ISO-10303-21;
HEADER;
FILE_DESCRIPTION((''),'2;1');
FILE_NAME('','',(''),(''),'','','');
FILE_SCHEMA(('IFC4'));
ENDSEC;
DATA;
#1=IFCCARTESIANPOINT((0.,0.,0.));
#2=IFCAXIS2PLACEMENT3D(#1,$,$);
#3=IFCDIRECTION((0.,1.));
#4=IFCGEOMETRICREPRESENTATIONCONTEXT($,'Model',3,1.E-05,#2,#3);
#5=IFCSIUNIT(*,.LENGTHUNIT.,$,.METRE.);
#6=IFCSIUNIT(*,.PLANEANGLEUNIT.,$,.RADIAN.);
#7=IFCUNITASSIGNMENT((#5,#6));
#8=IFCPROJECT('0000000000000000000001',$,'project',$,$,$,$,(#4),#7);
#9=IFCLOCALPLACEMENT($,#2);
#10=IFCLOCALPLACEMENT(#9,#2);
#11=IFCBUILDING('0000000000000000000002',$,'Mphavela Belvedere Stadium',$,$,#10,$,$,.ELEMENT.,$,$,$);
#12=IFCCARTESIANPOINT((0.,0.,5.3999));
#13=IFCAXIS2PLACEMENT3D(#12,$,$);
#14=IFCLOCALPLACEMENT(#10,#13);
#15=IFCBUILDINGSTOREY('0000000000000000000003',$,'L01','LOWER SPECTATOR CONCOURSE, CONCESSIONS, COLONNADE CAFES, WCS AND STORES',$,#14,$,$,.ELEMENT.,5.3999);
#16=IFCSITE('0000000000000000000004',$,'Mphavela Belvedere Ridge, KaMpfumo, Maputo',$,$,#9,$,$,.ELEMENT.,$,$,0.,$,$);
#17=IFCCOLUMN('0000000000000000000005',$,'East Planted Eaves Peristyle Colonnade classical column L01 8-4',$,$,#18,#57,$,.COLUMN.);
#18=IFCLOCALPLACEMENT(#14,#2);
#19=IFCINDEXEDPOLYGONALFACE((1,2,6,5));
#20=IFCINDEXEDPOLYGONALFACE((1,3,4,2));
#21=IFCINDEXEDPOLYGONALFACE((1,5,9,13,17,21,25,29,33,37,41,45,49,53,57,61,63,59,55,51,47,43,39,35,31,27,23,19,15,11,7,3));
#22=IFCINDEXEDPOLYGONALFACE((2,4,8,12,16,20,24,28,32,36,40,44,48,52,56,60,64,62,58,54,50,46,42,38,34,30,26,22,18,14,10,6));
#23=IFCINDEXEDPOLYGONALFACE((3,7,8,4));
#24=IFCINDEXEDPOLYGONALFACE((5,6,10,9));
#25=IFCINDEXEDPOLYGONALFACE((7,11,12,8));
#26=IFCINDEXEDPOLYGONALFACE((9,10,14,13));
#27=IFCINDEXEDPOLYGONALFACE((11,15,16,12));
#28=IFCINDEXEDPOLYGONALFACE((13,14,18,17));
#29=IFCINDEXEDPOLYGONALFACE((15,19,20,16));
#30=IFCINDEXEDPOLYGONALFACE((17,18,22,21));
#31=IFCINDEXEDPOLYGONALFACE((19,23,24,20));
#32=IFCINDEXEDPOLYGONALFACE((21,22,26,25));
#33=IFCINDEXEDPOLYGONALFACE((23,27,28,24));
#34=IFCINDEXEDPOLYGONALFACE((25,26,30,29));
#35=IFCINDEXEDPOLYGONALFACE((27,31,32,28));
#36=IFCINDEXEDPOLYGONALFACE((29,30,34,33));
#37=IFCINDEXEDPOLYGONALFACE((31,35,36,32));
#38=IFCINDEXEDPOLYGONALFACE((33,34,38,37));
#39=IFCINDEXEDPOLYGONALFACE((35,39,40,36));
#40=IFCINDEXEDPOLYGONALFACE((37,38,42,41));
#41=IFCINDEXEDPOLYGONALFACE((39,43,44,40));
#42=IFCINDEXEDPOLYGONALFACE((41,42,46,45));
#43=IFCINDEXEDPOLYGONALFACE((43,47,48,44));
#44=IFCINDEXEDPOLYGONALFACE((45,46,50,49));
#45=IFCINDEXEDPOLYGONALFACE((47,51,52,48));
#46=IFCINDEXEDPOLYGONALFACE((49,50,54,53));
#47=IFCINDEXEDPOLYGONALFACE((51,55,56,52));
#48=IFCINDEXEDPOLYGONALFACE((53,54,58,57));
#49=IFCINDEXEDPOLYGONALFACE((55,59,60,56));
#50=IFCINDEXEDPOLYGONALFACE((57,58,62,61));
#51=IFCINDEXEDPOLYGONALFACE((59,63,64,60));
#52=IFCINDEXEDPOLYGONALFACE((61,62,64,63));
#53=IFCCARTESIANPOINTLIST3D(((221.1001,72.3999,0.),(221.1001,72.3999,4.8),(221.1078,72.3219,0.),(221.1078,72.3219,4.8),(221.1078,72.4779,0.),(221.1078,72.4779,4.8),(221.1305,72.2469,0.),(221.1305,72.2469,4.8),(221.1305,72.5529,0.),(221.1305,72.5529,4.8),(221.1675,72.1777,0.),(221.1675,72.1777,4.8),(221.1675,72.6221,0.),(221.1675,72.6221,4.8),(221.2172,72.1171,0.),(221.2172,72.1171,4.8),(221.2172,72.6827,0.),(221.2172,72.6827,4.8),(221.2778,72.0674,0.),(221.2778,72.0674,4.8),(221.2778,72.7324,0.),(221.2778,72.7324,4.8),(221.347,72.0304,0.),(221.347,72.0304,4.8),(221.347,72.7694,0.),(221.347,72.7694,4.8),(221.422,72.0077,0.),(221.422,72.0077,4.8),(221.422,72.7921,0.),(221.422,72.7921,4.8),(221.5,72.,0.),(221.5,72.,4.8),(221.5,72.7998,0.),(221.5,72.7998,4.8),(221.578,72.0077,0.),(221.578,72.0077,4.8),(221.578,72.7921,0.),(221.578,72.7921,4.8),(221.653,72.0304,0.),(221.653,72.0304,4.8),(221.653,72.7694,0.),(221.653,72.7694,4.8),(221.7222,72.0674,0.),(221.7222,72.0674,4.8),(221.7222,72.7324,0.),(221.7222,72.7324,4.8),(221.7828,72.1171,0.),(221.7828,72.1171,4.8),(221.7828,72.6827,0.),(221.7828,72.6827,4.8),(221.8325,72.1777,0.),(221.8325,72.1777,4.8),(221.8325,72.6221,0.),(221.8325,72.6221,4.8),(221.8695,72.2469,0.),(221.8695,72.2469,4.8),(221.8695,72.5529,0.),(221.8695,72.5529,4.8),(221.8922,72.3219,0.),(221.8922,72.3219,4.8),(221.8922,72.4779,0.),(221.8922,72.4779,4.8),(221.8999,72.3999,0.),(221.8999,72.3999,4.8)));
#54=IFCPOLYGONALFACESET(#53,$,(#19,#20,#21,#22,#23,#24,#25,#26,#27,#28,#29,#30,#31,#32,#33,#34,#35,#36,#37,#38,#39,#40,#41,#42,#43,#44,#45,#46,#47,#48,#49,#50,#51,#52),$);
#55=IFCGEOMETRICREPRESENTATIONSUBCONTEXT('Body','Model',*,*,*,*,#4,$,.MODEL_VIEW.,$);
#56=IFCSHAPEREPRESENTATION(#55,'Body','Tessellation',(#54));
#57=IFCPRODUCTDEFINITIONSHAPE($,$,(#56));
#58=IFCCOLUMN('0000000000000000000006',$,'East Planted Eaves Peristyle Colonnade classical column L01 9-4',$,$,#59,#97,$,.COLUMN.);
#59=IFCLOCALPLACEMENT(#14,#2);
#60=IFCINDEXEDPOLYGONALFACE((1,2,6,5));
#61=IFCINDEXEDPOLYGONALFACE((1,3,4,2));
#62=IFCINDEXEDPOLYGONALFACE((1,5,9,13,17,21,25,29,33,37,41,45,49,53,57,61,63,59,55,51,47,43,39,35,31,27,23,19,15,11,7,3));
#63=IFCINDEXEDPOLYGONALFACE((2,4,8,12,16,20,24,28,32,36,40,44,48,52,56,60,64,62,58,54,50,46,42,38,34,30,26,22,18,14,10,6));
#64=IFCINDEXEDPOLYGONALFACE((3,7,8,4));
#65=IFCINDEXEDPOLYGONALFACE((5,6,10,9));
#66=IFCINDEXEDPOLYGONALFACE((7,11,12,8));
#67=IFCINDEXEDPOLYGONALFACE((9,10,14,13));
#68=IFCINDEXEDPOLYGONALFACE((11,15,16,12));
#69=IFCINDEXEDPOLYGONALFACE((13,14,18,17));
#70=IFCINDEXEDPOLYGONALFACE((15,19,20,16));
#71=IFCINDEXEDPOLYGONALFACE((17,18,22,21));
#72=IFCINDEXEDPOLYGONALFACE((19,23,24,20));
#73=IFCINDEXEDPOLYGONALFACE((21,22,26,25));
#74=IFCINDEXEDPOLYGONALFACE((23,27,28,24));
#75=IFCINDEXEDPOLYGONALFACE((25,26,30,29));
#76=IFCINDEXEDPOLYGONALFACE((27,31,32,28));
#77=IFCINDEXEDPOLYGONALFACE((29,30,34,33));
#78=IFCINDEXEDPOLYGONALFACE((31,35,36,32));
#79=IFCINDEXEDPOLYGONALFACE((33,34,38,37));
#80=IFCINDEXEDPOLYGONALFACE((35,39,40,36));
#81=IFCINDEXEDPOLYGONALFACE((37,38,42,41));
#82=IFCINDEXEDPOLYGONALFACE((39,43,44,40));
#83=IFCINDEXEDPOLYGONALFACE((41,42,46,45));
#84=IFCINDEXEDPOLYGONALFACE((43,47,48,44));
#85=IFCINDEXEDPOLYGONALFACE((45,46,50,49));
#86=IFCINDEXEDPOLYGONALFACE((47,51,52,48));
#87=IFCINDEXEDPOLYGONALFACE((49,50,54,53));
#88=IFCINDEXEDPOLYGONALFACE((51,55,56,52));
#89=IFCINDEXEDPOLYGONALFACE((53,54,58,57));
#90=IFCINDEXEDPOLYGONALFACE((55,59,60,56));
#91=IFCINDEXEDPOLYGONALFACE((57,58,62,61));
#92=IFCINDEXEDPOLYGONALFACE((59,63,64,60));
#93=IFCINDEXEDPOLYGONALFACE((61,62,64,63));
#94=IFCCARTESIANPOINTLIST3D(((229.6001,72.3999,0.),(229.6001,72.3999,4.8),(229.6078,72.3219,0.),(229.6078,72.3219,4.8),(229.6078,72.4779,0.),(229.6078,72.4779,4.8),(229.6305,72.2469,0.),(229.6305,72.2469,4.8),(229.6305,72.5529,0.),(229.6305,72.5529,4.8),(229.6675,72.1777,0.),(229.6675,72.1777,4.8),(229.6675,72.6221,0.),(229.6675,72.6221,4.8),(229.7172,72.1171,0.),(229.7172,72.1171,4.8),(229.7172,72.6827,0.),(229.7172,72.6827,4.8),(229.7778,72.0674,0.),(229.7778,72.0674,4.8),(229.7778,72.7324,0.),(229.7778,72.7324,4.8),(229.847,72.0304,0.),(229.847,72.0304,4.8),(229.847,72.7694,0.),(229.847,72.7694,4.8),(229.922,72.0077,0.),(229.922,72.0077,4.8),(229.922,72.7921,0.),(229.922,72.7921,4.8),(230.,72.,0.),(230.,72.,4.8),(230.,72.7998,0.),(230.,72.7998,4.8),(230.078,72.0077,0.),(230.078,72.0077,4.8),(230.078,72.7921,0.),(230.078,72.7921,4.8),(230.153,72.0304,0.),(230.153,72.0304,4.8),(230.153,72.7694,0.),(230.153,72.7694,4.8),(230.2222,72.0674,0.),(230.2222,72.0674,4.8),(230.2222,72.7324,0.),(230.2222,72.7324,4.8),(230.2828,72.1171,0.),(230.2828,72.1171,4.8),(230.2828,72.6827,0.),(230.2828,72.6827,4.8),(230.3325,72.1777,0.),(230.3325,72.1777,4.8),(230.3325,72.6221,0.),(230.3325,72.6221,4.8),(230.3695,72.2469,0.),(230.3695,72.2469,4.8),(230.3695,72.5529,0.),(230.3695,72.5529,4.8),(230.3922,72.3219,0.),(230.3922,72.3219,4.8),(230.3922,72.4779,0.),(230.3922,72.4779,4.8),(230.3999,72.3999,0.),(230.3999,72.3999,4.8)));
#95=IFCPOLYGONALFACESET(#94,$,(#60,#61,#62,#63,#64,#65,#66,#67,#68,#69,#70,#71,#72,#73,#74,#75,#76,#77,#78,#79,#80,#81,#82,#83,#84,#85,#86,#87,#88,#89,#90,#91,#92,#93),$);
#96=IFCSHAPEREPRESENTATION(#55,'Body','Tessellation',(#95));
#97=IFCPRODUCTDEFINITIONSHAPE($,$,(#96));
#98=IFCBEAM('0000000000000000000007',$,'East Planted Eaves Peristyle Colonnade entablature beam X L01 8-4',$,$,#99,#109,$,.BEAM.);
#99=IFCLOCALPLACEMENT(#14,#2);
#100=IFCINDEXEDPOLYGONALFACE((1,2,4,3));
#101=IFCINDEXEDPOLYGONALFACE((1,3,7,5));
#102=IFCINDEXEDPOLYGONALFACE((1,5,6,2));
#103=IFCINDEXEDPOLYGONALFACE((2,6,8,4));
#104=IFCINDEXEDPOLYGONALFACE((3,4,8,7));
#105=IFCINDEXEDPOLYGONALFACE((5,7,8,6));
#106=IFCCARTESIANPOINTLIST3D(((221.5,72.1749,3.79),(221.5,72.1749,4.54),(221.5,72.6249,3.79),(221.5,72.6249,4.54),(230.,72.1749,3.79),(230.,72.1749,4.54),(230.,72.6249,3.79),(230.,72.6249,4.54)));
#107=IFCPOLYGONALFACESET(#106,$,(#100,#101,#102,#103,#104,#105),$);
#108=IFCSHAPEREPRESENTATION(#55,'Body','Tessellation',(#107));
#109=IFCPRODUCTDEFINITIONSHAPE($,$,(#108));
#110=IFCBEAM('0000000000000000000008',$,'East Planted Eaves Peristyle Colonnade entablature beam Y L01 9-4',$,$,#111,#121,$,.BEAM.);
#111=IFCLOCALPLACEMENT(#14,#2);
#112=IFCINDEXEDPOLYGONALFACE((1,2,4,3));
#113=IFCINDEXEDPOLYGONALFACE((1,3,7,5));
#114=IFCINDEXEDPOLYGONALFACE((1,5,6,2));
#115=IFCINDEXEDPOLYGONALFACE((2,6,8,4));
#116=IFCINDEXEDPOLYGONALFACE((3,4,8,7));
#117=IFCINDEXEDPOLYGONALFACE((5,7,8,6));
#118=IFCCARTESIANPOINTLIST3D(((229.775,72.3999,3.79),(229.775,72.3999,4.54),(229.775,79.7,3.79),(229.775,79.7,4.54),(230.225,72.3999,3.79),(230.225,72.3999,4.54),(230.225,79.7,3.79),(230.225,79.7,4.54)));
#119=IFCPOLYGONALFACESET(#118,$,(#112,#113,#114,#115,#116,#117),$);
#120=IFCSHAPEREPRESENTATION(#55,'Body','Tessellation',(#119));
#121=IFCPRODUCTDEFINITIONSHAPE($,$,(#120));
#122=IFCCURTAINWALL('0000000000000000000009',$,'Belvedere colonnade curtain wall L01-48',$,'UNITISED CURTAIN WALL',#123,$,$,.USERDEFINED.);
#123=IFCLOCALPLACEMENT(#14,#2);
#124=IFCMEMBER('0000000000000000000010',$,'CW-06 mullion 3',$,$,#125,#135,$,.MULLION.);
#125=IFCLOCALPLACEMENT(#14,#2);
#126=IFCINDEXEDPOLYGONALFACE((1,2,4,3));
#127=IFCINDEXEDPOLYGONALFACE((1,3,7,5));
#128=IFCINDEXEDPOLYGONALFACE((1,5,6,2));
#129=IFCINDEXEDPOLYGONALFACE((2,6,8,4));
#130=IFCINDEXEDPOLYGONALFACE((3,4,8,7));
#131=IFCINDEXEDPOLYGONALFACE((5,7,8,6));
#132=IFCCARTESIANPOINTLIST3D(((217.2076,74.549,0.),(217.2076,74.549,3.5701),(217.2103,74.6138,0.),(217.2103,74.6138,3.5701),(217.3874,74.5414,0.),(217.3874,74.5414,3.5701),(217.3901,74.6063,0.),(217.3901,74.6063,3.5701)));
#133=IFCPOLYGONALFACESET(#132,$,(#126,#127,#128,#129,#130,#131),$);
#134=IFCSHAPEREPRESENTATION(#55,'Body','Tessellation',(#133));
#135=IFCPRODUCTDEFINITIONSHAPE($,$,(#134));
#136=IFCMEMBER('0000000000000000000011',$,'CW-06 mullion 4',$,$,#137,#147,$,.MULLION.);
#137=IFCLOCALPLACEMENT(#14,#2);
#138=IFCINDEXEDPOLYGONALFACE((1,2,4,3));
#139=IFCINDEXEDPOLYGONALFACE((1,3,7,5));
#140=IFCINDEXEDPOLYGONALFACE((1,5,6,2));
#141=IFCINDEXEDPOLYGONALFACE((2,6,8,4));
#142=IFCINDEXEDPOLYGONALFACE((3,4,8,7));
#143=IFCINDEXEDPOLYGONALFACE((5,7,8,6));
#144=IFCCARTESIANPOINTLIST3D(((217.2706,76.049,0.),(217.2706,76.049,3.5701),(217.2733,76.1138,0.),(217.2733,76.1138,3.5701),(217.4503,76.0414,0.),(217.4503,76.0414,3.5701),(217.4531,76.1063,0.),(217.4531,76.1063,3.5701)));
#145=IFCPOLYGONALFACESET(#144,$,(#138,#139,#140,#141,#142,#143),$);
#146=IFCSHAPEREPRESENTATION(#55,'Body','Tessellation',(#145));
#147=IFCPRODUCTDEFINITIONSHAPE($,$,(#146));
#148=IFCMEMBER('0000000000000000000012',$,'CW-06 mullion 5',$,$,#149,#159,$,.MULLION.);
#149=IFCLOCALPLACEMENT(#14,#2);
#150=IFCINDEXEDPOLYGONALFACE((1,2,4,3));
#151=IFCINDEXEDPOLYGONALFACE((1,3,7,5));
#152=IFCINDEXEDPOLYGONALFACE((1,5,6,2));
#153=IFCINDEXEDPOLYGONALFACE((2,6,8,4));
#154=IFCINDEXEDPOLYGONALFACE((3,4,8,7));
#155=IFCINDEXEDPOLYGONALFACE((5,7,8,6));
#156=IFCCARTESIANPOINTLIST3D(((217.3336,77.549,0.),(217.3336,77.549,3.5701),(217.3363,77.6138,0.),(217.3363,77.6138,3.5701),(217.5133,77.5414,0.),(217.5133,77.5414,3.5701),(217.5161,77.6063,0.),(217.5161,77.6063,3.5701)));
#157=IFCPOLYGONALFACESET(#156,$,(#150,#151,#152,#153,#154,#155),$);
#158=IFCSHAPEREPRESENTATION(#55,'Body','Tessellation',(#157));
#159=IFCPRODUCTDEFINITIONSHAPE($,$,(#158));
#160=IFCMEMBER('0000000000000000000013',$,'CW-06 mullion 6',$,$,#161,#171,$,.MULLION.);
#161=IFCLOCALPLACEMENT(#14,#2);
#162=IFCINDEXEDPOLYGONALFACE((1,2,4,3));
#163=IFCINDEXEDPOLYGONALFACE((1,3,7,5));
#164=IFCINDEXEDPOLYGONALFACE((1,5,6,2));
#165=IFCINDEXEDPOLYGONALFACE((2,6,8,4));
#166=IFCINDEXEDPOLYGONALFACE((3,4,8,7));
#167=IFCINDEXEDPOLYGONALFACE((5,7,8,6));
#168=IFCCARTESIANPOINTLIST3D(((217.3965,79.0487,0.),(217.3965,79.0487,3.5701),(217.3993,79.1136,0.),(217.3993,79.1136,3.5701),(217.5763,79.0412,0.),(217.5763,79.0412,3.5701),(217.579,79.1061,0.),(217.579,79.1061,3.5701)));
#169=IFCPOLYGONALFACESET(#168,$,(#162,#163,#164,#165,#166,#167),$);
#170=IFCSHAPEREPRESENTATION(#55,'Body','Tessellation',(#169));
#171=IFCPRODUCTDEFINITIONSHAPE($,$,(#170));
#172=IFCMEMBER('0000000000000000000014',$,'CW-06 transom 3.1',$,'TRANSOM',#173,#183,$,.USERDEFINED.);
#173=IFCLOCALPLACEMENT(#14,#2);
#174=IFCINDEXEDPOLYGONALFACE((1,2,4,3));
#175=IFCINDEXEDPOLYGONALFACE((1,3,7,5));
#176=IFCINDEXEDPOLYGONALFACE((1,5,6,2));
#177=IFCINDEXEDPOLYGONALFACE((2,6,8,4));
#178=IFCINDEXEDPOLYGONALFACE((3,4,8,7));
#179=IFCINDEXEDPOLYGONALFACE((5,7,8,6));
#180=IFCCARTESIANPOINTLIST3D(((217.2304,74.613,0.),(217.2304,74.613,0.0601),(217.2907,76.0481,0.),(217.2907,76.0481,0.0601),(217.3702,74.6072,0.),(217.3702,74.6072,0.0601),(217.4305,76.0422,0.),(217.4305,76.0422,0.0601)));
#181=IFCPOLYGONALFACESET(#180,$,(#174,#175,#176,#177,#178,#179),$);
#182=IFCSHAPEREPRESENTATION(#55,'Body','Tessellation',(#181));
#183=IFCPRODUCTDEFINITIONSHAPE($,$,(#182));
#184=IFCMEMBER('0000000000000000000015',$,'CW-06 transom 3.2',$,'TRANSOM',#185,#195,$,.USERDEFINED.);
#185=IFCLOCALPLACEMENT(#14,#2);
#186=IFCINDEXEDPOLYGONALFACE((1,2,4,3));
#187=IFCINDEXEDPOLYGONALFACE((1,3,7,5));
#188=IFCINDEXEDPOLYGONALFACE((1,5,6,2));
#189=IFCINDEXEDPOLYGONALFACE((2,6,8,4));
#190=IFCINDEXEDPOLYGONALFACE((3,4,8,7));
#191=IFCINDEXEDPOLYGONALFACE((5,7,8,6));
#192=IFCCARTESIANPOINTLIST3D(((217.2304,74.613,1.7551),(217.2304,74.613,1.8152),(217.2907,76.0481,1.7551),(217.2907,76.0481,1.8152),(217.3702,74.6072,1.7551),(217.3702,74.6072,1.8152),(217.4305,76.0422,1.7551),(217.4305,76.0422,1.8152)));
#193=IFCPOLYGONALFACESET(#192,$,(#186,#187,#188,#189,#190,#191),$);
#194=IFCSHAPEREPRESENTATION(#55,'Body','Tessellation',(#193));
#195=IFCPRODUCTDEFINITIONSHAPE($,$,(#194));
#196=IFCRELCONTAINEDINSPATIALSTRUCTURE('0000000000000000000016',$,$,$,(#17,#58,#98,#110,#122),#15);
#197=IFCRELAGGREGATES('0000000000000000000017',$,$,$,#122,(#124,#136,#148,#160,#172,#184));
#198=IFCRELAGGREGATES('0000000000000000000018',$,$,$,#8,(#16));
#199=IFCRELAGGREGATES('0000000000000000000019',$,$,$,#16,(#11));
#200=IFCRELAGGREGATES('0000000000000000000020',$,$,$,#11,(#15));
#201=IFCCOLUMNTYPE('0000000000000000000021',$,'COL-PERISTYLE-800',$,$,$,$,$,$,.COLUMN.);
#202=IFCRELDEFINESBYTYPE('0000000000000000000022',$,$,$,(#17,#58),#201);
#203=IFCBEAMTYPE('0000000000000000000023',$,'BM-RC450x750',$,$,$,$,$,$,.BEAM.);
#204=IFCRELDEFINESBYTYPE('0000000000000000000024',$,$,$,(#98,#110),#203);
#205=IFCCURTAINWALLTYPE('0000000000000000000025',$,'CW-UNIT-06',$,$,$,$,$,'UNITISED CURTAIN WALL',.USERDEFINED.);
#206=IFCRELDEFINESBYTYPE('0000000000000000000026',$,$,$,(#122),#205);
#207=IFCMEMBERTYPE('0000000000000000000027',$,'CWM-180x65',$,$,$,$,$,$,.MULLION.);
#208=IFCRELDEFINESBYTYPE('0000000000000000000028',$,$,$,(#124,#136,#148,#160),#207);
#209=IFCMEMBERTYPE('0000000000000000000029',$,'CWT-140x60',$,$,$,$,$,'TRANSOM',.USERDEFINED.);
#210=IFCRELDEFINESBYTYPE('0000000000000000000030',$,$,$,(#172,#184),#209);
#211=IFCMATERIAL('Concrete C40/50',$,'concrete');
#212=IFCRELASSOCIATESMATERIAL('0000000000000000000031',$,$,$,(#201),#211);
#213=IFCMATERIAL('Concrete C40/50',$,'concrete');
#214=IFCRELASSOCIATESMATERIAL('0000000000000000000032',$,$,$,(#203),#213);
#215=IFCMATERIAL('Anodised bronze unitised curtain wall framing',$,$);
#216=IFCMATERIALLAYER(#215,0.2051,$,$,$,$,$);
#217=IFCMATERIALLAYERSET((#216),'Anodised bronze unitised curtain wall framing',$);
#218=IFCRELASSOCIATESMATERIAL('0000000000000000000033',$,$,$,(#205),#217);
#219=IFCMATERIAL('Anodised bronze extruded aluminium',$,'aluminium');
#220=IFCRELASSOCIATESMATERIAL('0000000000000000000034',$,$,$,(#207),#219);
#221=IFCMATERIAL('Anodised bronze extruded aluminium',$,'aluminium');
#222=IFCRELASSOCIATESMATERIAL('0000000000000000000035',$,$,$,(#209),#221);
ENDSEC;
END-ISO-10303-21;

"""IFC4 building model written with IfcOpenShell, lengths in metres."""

from ifc_helpers import new_model, si_unit, direction, frame, origin, origin_2d, place, context, subcontext, project, spatial, rectangle, circle, extrude, material, layer, layer_set, material_profile, profile_set, type_object, element, aggregate, save


model = new_model("IFC4")

# Units and contexts
model_context = context("Model", 3, precision=1e-05, world=origin(), true_north=direction((0.0, 1.0)))
body_context = subcontext(model_context, "Body", "Model", "MODEL_VIEW")
ifc_project = project(units=[si_unit("LENGTHUNIT", "METRE"), si_unit("PLANEANGLEUNIT", "RADIAN")], contexts=[model_context])

# Site, building, storey
site_placement = place(None, origin())
site = spatial("IfcSite", under=ifc_project, at=site_placement, Name="Mphavela Belvedere Ridge, KaMpfumo, Maputo", CompositionType="ELEMENT", RefElevation=0.0)
building_placement = place(site_placement, origin())
building = spatial("IfcBuilding", under=site, at=building_placement, Name="Mphavela Belvedere Stadium", CompositionType="ELEMENT")
storey_placement = place(building_placement, frame((0.0, 0.0, 5.3999)))
storey = spatial("IfcBuildingStorey", under=building, at=storey_placement, Name="L01", Description="LOWER SPECTATOR CONCOURSE, CONCESSIONS, COLONNADE CAFES, WCS AND STORES", CompositionType="ELEMENT", Elevation=5.3999)

# Columns
ifc_material_1 = material(Name="Concrete C40/50", Category="concrete")
ifc_material_profile_1 = material_profile(ifc_material_1, circle(Radius=0.3999, at=origin_2d()), Name="COL D800")
ifc_profile_set_1 = profile_set([ifc_material_profile_1], Name="Concrete C40/50")
column_type = type_object("IfcColumnType", Name="COL-PERISTYLE-800", PredefinedType="COLUMN", material=ifc_profile_set_1)
for number, where, z_axis, x_axis, name in (
    (1, (221.5, 72.3999, 0.0), (0.0, 0.0, 1.0), (1.0, 0.0, 0.0), "East Planted Eaves Peristyle Colonnade classical column L01 8-4"),
    (2, (230.0, 72.3999, 0.0), (0.0, 0.0, 1.0), (1.0, 0.0, 0.0), "East Planted Eaves Peristyle Colonnade classical column L01 9-4"),
):
    element("IfcColumn", number, at=place(storey_placement, frame(where, z_axis=z_axis, x_axis=x_axis)), inside=storey, type_object=column_type, Name=name, PredefinedType="COLUMN", context=body_context, shape_type="SweptSolid", body=[
        extrude(circle(Radius=0.3999, at=origin_2d()), origin(), (0.0, 0.0, 1.0), 4.8),
    ])

# Beams
ifc_material_2 = material(Name="Concrete C40/50", Category="concrete")
ifc_material_profile_2 = material_profile(ifc_material_2, rectangle(XDim=0.45, YDim=0.75, at=origin_2d()), Name="RC 450x750")
ifc_profile_set_2 = profile_set([ifc_material_profile_2], Name="Concrete C40/50")
beam_type = type_object("IfcBeamType", Name="BM-RC450x750", PredefinedType="BEAM", material=ifc_profile_set_2)
beam_1_placement = place(storey_placement, frame((221.5, 72.3999, 4.165), z_axis=(1.0, 0.0, 0.0), x_axis=(0.0, 1.0, 0.0)))
element("IfcBeam", 3, at=beam_1_placement, inside=storey, type_object=beam_type, Name="East Planted Eaves Peristyle Colonnade entablature beam X L01 8-4", PredefinedType="BEAM", context=body_context, shape_type="SweptSolid", body=[
    extrude(rectangle(XDim=0.45, YDim=0.75, at=origin_2d()), origin(), (0.0, 0.0, 1.0), 8.5),
])
beam_2_placement = place(storey_placement, frame((230.0, 72.3999, 4.165), z_axis=(0.0, 1.0, 0.0), x_axis=(-1.0, 0.0, 0.0)))
element("IfcBeam", 4, at=beam_2_placement, inside=storey, type_object=beam_type, Name="East Planted Eaves Peristyle Colonnade entablature beam Y L01 9-4", PredefinedType="BEAM", context=body_context, shape_type="SweptSolid", body=[
    extrude(rectangle(XDim=0.45, YDim=0.75, at=origin_2d()), origin(), (0.0, 0.0, 1.0), 7.3),
])

# Curtain wall, members
ifc_material_3 = material(Name="Anodised bronze unitised curtain wall framing")
ifc_layer_1 = layer(ifc_material_3, 0.2051)
ifc_layer_set_1 = layer_set([ifc_layer_1], Name="Anodised bronze unitised curtain wall framing")
curtain_wall_type = type_object("IfcCurtainWallType", Name="CW-UNIT-06", ElementType="UNITISED CURTAIN WALL", PredefinedType="USERDEFINED", material=ifc_layer_set_1)
curtain_wall_placement = place(storey_placement, origin())
curtain_wall = element("IfcCurtainWall", 5, at=curtain_wall_placement, inside=storey, type_object=curtain_wall_type, Name="Belvedere colonnade curtain wall L01-48", ObjectType="UNITISED CURTAIN WALL", PredefinedType="USERDEFINED")
ifc_material_4 = material(Name="Anodised bronze extruded aluminium", Category="aluminium")
ifc_material_profile_3 = material_profile(ifc_material_4, rectangle(XDim=0.1799, YDim=0.0649, at=origin_2d()), Name="CW-MUL 180x65")
ifc_profile_set_3 = profile_set([ifc_material_profile_3], Name="Anodised bronze extruded aluminium")
member_type_1 = type_object("IfcMemberType", Name="CWM-180x65", PredefinedType="MULLION", material=ifc_profile_set_3)
member_1_placement = place(storey_placement, frame((217.2988, 74.5776, 0.0), z_axis=(0.0, 0.0, 1.0), x_axis=(-0.999121, 0.04191, 0.0)))
member_1 = element("IfcMember", 6, at=member_1_placement, type_object=member_type_1, Name="CW-06 mullion 3", PredefinedType="MULLION", context=body_context, shape_type="SweptSolid", body=[
    extrude(rectangle(XDim=0.1799, YDim=0.0649, at=origin_2d()), origin(), (0.0, 0.0, 1.0), 3.5701),
])
member_2_placement = place(storey_placement, frame((217.3618, 76.0776, 0.0), z_axis=(0.0, 0.0, 1.0), x_axis=(-0.999121, 0.04191, 0.0)))
member_2 = element("IfcMember", 7, at=member_2_placement, type_object=member_type_1, Name="CW-06 mullion 4", PredefinedType="MULLION", context=body_context, shape_type="SweptSolid", body=[
    extrude(rectangle(XDim=0.1799, YDim=0.0649, at=origin_2d()), origin(), (0.0, 0.0, 1.0), 3.5701),
])
member_3_placement = place(storey_placement, frame((217.4248, 77.5776, 0.0), z_axis=(0.0, 0.0, 1.0), x_axis=(-0.999121, 0.04191, 0.0)))
member_3 = element("IfcMember", 8, at=member_3_placement, type_object=member_type_1, Name="CW-06 mullion 5", PredefinedType="MULLION", context=body_context, shape_type="SweptSolid", body=[
    extrude(rectangle(XDim=0.1799, YDim=0.0649, at=origin_2d()), origin(), (0.0, 0.0, 1.0), 3.5701),
])
member_4_placement = place(storey_placement, frame((217.4878, 79.0774, 0.0), z_axis=(0.0, 0.0, 1.0), x_axis=(-0.999121, 0.04191, 0.0)))
member_4 = element("IfcMember", 9, at=member_4_placement, type_object=member_type_1, Name="CW-06 mullion 6", PredefinedType="MULLION", context=body_context, shape_type="SweptSolid", body=[
    extrude(rectangle(XDim=0.1799, YDim=0.0649, at=origin_2d()), origin(), (0.0, 0.0, 1.0), 3.5701),
])
ifc_material_5 = material(Name="Anodised bronze extruded aluminium", Category="aluminium")
ifc_material_profile_4 = material_profile(ifc_material_5, rectangle(XDim=0.1399, YDim=0.0601, at=origin_2d()), Name="CW-TRN 140x60")
ifc_profile_set_4 = profile_set([ifc_material_profile_4], Name="Anodised bronze extruded aluminium")
member_type_2 = type_object("IfcMemberType", Name="CWT-140x60", ElementType="TRANSOM", PredefinedType="USERDEFINED", material=ifc_profile_set_4)
member_5_placement = place(storey_placement, frame((217.3003, 74.6101, 0.03), z_axis=(0.041984, 0.999118, 0.0), x_axis=(-0.999118, 0.041984, 0.0)))
member_5 = element("IfcMember", 10, at=member_5_placement, type_object=member_type_2, Name="CW-06 transom 3.1", ObjectType="TRANSOM", PredefinedType="USERDEFINED", context=body_context, shape_type="SweptSolid", body=[
    extrude(rectangle(XDim=0.1399, YDim=0.0601, at=origin_2d()), origin(), (0.0, 0.0, 1.0), 1.4363),
])
member_6_placement = place(storey_placement, frame((217.3003, 74.6101, 1.7852), z_axis=(0.041984, 0.999118, 0.0), x_axis=(-0.999118, 0.041984, 0.0)))
member_6 = element("IfcMember", 11, at=member_6_placement, type_object=member_type_2, Name="CW-06 transom 3.2", ObjectType="TRANSOM", PredefinedType="USERDEFINED", context=body_context, shape_type="SweptSolid", body=[
    extrude(rectangle(XDim=0.1399, YDim=0.0601, at=origin_2d()), origin(), (0.0, 0.0, 1.0), 1.4363),
])
aggregate(curtain_wall, [member_1, member_2, member_3, member_4, member_5, member_6])

save(model, "model.ifc")
